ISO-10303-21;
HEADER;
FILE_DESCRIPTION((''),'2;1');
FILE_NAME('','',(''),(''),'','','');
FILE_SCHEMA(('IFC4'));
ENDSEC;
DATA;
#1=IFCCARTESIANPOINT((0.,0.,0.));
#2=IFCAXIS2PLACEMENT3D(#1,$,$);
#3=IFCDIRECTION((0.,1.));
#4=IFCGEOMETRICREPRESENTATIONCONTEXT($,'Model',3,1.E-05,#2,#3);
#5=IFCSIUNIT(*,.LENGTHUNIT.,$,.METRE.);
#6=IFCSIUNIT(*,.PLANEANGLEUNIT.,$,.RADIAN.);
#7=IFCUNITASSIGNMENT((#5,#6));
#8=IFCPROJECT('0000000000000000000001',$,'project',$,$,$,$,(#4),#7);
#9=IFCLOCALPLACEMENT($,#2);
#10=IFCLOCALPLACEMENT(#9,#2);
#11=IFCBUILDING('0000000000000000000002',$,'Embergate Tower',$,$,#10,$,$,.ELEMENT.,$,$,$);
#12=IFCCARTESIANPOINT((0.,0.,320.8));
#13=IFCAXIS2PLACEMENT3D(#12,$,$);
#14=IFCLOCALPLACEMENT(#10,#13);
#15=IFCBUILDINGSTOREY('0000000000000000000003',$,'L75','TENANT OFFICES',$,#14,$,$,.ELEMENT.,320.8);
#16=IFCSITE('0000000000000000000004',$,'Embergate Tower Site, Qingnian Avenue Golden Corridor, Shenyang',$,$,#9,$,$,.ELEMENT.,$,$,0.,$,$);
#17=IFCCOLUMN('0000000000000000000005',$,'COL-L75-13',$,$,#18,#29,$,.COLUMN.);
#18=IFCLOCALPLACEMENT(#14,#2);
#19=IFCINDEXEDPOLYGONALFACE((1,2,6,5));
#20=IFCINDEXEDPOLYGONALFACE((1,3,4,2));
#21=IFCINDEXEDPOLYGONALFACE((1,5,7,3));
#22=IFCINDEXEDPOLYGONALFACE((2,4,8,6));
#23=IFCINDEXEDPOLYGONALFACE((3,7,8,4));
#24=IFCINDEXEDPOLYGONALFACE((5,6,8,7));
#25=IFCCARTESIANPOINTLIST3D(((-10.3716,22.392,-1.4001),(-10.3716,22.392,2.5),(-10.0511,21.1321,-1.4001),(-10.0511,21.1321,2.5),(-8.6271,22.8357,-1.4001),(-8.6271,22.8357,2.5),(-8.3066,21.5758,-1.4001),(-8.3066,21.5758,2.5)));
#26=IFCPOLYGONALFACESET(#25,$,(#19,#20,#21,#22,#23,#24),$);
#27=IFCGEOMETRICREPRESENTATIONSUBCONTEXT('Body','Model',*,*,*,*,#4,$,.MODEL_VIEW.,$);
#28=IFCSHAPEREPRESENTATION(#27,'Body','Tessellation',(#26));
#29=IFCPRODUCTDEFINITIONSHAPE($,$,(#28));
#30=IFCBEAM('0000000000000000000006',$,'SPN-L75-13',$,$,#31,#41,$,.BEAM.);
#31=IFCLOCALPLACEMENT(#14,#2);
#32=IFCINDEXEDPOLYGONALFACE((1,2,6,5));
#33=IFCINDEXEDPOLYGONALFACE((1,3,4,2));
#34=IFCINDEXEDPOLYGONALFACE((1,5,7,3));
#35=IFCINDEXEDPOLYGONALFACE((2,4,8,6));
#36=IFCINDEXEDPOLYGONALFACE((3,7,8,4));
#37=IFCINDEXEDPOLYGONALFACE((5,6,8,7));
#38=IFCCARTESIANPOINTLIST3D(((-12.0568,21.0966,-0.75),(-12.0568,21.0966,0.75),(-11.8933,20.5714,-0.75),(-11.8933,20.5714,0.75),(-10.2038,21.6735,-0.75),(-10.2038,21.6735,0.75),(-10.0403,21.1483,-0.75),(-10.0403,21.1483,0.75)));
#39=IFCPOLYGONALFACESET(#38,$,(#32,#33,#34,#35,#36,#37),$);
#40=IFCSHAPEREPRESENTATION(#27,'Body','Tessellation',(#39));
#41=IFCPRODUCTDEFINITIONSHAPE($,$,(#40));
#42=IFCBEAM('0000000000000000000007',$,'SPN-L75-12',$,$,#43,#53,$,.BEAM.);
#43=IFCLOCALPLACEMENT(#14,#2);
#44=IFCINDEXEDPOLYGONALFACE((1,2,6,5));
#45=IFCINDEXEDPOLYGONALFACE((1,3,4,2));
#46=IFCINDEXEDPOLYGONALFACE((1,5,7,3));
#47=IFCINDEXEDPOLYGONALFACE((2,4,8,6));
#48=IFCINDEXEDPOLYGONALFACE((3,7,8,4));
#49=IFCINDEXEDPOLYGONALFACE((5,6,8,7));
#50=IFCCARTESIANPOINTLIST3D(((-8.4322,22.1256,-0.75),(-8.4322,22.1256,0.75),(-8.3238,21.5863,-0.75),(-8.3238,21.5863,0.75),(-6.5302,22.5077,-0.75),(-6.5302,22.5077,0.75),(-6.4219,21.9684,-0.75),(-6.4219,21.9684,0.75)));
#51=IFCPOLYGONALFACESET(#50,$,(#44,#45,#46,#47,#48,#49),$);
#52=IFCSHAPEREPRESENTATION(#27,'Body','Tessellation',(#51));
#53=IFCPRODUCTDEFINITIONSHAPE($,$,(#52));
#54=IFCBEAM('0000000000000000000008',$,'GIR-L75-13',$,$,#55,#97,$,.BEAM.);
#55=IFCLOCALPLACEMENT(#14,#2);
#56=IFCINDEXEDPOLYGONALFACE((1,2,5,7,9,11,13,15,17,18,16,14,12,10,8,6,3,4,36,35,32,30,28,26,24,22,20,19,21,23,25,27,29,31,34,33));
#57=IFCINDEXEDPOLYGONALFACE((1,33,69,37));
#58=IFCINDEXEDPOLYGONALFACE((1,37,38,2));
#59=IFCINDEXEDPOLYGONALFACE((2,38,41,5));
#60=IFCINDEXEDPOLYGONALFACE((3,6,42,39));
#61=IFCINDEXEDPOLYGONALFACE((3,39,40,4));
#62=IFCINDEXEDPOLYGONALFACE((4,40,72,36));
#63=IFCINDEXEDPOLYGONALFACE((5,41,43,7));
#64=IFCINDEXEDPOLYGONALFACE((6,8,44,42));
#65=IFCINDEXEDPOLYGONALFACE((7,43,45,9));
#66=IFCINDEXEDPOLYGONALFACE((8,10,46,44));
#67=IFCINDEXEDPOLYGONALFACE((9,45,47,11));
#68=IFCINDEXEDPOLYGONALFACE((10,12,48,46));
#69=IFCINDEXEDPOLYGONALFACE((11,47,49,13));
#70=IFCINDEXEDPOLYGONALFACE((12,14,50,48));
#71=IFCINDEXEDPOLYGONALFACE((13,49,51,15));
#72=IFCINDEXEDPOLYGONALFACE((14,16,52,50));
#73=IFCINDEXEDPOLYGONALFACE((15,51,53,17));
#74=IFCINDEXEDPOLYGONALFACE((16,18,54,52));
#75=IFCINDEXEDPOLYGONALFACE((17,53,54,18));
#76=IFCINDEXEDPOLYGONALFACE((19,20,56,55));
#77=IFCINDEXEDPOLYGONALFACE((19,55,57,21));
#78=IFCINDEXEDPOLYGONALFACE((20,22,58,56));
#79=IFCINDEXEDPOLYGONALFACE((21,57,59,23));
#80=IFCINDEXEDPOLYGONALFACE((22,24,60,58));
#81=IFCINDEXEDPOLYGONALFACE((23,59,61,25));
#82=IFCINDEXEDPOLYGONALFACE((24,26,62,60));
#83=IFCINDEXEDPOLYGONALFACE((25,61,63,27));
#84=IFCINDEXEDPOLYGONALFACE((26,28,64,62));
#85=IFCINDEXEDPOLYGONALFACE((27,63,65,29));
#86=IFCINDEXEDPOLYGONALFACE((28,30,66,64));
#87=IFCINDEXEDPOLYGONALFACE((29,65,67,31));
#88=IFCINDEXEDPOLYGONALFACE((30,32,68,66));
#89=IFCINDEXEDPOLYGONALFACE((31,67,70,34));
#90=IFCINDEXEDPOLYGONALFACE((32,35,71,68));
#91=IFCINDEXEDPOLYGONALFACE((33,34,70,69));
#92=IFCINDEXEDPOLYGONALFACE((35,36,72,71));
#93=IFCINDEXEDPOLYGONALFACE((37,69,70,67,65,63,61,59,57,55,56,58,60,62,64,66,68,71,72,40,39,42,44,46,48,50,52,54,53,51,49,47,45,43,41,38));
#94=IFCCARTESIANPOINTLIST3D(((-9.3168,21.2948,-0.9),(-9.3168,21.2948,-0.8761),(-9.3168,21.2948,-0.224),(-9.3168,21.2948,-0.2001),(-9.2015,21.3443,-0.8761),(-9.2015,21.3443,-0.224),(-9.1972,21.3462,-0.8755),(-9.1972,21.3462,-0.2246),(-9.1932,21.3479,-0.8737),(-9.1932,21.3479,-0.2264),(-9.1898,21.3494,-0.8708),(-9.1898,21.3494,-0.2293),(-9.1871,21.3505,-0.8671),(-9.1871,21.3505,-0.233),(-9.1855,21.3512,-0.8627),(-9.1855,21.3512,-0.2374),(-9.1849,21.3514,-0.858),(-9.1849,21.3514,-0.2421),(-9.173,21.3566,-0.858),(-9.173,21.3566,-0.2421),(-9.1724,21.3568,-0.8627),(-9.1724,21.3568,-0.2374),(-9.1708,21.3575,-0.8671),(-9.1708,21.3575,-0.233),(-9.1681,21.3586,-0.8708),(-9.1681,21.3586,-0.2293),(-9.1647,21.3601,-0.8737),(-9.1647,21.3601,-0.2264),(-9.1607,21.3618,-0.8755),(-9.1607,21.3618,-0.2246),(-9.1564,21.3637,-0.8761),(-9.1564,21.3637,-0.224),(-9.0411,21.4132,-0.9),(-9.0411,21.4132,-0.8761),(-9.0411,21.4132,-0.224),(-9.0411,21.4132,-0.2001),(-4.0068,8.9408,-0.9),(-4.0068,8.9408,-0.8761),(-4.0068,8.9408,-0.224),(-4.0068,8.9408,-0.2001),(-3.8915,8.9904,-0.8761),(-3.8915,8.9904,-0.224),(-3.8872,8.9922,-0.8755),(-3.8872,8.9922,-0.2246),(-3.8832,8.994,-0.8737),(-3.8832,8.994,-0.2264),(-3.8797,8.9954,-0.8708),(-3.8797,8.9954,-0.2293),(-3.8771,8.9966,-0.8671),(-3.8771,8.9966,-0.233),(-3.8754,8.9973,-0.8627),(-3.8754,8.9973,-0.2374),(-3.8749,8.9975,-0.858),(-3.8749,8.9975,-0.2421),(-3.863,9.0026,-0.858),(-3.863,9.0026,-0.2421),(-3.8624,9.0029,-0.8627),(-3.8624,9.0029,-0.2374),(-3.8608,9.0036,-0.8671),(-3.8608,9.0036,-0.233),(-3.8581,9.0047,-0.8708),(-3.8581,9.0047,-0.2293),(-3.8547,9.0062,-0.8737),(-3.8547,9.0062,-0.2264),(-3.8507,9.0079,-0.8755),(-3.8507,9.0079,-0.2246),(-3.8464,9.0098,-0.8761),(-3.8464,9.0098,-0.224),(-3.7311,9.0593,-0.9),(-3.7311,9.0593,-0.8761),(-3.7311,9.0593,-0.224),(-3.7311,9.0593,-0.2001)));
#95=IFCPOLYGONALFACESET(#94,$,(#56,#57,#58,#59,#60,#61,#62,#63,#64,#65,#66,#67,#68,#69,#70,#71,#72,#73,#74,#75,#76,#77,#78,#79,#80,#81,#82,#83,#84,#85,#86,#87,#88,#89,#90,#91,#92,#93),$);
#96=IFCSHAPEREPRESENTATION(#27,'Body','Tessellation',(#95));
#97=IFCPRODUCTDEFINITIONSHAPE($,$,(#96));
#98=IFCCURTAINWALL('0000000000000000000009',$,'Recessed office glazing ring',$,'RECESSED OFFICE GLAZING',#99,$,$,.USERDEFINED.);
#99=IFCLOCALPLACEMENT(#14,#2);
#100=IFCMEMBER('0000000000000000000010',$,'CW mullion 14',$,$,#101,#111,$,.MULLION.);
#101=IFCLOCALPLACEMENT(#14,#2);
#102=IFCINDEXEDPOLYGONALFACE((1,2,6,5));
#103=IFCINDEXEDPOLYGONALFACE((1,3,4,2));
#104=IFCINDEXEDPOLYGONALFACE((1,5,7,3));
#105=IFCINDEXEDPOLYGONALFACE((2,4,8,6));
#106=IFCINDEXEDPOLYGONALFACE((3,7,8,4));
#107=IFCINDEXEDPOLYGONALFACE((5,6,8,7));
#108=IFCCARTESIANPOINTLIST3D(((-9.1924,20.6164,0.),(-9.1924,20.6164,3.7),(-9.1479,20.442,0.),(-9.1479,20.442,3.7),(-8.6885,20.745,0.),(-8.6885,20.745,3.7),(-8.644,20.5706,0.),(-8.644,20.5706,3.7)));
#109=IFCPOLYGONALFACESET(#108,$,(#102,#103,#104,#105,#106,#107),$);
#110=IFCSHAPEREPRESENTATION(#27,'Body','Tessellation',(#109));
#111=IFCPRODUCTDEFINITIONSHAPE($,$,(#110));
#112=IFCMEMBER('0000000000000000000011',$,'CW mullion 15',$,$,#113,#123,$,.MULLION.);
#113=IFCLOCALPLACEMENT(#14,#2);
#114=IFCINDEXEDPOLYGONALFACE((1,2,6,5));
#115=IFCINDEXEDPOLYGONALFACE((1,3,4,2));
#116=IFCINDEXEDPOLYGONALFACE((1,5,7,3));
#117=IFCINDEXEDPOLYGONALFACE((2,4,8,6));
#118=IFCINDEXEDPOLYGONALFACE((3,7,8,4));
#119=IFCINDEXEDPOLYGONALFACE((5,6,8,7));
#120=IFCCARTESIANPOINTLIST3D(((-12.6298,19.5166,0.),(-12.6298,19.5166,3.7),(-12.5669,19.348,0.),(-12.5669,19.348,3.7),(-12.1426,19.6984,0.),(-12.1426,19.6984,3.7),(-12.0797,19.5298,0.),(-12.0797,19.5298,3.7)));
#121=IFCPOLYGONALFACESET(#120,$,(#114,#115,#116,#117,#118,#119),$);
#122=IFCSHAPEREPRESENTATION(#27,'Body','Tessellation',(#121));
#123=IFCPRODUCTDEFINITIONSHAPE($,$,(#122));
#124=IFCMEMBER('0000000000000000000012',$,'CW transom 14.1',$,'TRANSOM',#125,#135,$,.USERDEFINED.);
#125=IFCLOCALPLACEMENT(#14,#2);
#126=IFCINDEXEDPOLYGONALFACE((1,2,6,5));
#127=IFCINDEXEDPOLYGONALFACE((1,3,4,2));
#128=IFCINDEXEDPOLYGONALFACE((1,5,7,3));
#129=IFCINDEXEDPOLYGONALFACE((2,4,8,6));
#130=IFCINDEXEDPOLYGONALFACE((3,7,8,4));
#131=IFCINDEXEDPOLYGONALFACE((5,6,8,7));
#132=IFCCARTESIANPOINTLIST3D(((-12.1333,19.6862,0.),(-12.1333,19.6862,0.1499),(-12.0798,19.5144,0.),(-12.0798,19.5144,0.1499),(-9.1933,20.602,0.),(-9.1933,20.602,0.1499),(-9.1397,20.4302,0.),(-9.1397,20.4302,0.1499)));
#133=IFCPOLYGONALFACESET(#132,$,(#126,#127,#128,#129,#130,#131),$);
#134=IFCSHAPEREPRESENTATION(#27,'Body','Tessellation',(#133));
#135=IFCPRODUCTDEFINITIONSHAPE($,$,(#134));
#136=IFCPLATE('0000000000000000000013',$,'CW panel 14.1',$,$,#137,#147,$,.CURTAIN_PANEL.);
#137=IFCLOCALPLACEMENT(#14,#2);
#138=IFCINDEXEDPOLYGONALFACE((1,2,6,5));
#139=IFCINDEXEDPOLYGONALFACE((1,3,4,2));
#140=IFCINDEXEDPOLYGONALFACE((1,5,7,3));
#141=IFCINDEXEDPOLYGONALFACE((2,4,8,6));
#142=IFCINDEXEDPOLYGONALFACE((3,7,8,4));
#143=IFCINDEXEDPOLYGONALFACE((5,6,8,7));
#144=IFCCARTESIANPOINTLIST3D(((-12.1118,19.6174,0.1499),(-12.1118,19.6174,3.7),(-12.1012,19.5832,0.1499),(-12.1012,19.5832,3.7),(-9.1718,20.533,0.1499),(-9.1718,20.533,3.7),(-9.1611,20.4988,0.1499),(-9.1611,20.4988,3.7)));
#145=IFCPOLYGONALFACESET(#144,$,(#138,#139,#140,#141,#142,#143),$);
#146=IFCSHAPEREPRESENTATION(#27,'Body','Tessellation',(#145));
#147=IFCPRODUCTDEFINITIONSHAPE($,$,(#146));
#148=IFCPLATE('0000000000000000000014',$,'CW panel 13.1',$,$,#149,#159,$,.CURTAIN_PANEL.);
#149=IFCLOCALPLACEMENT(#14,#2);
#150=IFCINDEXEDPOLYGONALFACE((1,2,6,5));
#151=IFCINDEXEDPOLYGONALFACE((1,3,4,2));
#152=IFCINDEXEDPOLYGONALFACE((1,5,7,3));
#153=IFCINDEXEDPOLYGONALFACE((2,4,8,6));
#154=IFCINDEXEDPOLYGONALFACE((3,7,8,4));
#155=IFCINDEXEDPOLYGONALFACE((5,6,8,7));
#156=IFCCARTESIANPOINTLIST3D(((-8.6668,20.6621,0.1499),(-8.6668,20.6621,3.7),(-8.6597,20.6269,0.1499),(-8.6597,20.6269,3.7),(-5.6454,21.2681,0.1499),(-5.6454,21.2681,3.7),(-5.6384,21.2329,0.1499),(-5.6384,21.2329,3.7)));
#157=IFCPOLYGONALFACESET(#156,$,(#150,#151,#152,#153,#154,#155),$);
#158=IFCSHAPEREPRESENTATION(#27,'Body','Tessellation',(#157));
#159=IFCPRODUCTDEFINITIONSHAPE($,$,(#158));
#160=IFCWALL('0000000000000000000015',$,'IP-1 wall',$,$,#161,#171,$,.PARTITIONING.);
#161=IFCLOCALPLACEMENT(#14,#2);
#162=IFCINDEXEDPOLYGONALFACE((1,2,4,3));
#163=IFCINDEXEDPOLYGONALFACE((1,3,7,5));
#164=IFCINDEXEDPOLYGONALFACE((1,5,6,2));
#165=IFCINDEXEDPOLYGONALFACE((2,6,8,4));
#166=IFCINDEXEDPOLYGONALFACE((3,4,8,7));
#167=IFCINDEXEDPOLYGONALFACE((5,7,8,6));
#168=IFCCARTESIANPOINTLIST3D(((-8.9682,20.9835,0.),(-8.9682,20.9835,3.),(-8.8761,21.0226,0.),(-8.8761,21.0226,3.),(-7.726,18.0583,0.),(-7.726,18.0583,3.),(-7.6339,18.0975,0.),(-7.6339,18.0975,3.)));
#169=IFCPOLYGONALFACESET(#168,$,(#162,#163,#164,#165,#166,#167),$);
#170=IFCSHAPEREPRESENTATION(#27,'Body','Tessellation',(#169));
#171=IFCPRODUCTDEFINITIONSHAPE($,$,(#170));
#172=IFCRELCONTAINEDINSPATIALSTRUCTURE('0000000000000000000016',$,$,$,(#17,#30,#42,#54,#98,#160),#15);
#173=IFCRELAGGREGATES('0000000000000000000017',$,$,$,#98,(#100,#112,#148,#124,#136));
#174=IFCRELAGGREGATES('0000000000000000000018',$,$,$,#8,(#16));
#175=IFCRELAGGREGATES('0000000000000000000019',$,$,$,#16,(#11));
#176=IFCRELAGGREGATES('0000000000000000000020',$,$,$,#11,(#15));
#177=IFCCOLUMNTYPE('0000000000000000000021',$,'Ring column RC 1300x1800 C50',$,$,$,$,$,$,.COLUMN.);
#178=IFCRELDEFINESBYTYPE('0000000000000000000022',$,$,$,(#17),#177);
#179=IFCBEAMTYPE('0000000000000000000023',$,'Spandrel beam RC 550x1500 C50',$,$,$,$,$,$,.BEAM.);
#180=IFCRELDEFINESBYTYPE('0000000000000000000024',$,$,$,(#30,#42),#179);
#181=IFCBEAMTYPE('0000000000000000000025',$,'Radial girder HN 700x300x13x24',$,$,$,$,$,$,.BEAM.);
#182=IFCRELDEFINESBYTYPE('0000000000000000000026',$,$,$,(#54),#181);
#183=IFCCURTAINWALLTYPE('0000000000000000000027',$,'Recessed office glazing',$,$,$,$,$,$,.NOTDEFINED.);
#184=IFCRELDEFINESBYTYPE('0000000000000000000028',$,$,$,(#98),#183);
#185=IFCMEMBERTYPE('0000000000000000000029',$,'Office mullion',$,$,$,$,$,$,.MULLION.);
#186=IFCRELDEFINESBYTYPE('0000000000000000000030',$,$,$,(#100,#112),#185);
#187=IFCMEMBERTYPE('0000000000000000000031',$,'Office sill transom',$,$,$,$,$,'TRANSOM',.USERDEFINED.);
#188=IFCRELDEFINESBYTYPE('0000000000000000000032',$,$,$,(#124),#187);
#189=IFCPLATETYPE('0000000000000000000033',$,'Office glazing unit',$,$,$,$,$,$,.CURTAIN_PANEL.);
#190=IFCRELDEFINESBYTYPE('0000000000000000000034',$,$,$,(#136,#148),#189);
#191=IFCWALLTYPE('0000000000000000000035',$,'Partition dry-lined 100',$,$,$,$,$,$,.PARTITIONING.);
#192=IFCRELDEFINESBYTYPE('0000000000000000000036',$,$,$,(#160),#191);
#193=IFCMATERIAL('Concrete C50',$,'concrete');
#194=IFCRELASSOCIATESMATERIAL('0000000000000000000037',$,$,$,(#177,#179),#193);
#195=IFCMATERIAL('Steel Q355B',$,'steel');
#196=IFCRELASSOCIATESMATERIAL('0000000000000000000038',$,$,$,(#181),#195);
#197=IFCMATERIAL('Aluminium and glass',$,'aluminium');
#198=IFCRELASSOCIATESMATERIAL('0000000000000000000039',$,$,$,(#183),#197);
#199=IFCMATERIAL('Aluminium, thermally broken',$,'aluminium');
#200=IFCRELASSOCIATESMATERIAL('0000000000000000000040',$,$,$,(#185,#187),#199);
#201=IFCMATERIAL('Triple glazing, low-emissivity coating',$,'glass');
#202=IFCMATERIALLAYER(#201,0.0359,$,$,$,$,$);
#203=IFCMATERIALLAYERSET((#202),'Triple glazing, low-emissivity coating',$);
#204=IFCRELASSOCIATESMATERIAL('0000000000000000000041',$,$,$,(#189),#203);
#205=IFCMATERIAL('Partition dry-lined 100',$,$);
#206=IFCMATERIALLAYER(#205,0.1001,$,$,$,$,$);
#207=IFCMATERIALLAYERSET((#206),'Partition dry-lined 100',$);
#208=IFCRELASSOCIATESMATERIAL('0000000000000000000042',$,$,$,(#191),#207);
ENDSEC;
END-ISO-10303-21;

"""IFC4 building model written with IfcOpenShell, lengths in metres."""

from ifc_helpers import new_model, si_unit, direction, frame, frame_2d, origin, origin_2d, place, context, subcontext, project, spatial, rectangle, i_section, extrude, source, transform, mapped, material, layer, layer_set, material_profile, profile_set, type_object, element, aggregate, save


model = new_model("IFC4")

# Units and contexts
model_context = context("Model", 3, precision=1e-05, world=origin(), true_north=direction((0.0, 1.0)))
body_context = subcontext(model_context, "Body", "Model", "MODEL_VIEW")
ifc_project = project(units=[si_unit("LENGTHUNIT", "METRE"), si_unit("PLANEANGLEUNIT", "RADIAN")], contexts=[model_context])

# Site, building, storey
site_placement = place(None, origin())
site = spatial("IfcSite", under=ifc_project, at=site_placement, Name="Embergate Tower Site, Qingnian Avenue Golden Corridor, Shenyang", CompositionType="ELEMENT", RefElevation=0.0)
building_placement = place(site_placement, origin())
building = spatial("IfcBuilding", under=site, at=building_placement, Name="Embergate Tower", CompositionType="ELEMENT")
storey_placement = place(building_placement, frame((0.0, 0.0, 320.8)))
storey = spatial("IfcBuildingStorey", under=building, at=storey_placement, Name="L75", Description="TENANT OFFICES", CompositionType="ELEMENT", Elevation=320.8)

# Column
ifc_material_1 = material(Name="Concrete C50", Category="concrete")
ifc_material_profile_1 = material_profile(ifc_material_1, rectangle(XDim=1.3, YDim=1.8, at=origin_2d()), Name="RC 1300x1800")
ifc_profile_set_1 = profile_set([ifc_material_profile_1], Name="Concrete C50")
column_type = type_object("IfcColumnType", Name="Ring column RC 1300x1800 C50", PredefinedType="COLUMN", material=ifc_profile_set_1)
shared_shape_1 = source(origin(), body_context, "Body", "SweptSolid", [
    extrude(rectangle(XDim=1.3, YDim=1.8, at=origin_2d()), origin(), (0.0, 0.0, 1.0), 3.9001),
])
column_placement = place(storey_placement, frame((-9.3391, 21.9839, -1.4001), z_axis=(0.0, 0.0, 1.0), x_axis=(-0.246509, 0.969141, 0.0)))
element("IfcColumn", 1, at=column_placement, inside=storey, type_object=column_type, Name="COL-L75-13", PredefinedType="COLUMN", context=body_context, shape_type="MappedRepresentation", body=[
    mapped(shared_shape_1, transform((0.0, 0.0, 0.0))),
])

# Beams
ifc_material_profile_2 = material_profile(ifc_material_1, rectangle(XDim=0.55, YDim=1.5, at=origin_2d()), Name="RC 550x1500")
ifc_profile_set_2 = profile_set([ifc_material_profile_2], Name="Concrete C50")
beam_type_1 = type_object("IfcBeamType", Name="Spandrel beam RC 550x1500 C50", PredefinedType="BEAM", material=ifc_profile_set_2)
shared_shape_2 = source(origin(), body_context, "Body", "SweptSolid", [
    extrude(rectangle(XDim=0.55, YDim=1.5, at=origin_2d()), origin(), (0.0, 0.0, 1.0), 1.9407),
])
beam_1_placement = place(storey_placement, frame((-10.1221, 21.4109, 0.0), z_axis=(-0.954797, -0.297258, 0.0), x_axis=(0.297258, -0.954797, 0.0)))
element("IfcBeam", 2, at=beam_1_placement, inside=storey, type_object=beam_type_1, Name="SPN-L75-13", PredefinedType="BEAM", context=body_context, shape_type="MappedRepresentation", body=[
    mapped(shared_shape_2, transform((0.0, 0.0, 0.0))),
])
shared_shape_3 = source(origin(), body_context, "Body", "SweptSolid", [
    extrude(rectangle(XDim=0.55, YDim=1.5, at=origin_2d()), origin(), (0.0, 0.0, 1.0), 1.9399),
])
beam_2_placement = place(storey_placement, frame((-6.4761, 22.238, 0.0), z_axis=(-0.980411, -0.196963, 0.0), x_axis=(0.196963, -0.980411, 0.0)))
element("IfcBeam", 3, at=beam_2_placement, inside=storey, type_object=beam_type_1, Name="SPN-L75-12", PredefinedType="BEAM", context=body_context, shape_type="MappedRepresentation", body=[
    mapped(shared_shape_3, transform((0.0, 0.0, 0.0))),
])
ifc_material_2 = material(Name="Steel Q355B", Category="steel")
ifc_material_profile_3 = material_profile(ifc_material_2, i_section(OverallWidth=0.3, OverallDepth=0.7, WebThickness=0.0129, FlangeThickness=0.0239, FilletRadius=0.0181, at=origin_2d()), Name="HN 700x300x13x24")
ifc_profile_set_3 = profile_set([ifc_material_profile_3], Name="Steel Q355 grade B")
beam_type_2 = type_object("IfcBeamType", Name="Radial girder HN 700x300x13x24", PredefinedType="BEAM", material=ifc_profile_set_3)
shared_shape_4 = source(origin(), body_context, "Body", "SweptSolid", [
    extrude(i_section(OverallWidth=0.3, OverallDepth=0.7, WebThickness=0.0129, FlangeThickness=0.0239, FilletRadius=0.0181, at=origin_2d()), origin(), (0.0, 0.0, 1.0), 13.4468),
])
beam_3_placement = place(storey_placement, frame((-9.179, 21.354, -0.55), z_axis=(0.394892, -0.918728, 0.0), x_axis=(0.918728, 0.394892, 0.0)))
element("IfcBeam", 4, at=beam_3_placement, inside=storey, type_object=beam_type_2, Name="GIR-L75-13", PredefinedType="BEAM", context=body_context, shape_type="MappedRepresentation", body=[
    mapped(shared_shape_4, transform((0.0, 0.0, 0.0))),
])

# Curtain wall, members, plates
ifc_material_3 = material(Name="Aluminium and glass", Category="aluminium")
curtain_wall_type = type_object("IfcCurtainWallType", Name="Recessed office glazing", PredefinedType="NOTDEFINED", material=ifc_material_3)
curtain_wall_placement = place(storey_placement, origin())
curtain_wall = element("IfcCurtainWall", 5, at=curtain_wall_placement, inside=storey, type_object=curtain_wall_type, Name="Recessed office glazing ring", ObjectType="RECESSED OFFICE GLAZING", PredefinedType="USERDEFINED")
ifc_material_4 = material(Name="Aluminium, thermally broken", Category="aluminium")
ifc_material_profile_4 = material_profile(ifc_material_4, rectangle(XDim=0.1799, YDim=0.52, at=origin_2d()), Name="AL 520x180")
ifc_profile_set_4 = profile_set([ifc_material_profile_4], Name="Aluminium, thermally broken")
member_type_1 = type_object("IfcMemberType", Name="Office mullion", PredefinedType="MULLION", material=ifc_profile_set_4)
shared_shape_5 = source(origin(), body_context, "Body", "SweptSolid", [
    extrude(rectangle(XDim=0.1799, YDim=0.52, at=origin_2d()), origin(), (0.0, 0.0, 1.0), 3.7),
])
member_1_placement = place(storey_placement, frame((-8.9182, 20.5935, 0.0), z_axis=(0.0, 0.0, 1.0), x_axis=(0.247312, -0.968936, 0.0)))
member_1 = element("IfcMember", 6, at=member_1_placement, type_object=member_type_1, Name="CW mullion 14", PredefinedType="MULLION", context=body_context, shape_type="MappedRepresentation", body=[
    mapped(shared_shape_5, transform((0.0, 0.0, 0.0))),
])
member_2_placement = place(storey_placement, frame((-12.3547, 19.5232, 0.0), z_axis=(0.0, 0.0, 1.0), x_axis=(0.349501, -0.936936, 0.0)))
member_2 = element("IfcMember", 7, at=member_2_placement, type_object=member_type_1, Name="CW mullion 15", PredefinedType="MULLION", context=body_context, shape_type="MappedRepresentation", body=[
    mapped(shared_shape_5, transform((0.0, 0.0, 0.0))),
])
ifc_material_profile_5 = material_profile(ifc_material_4, rectangle(XDim=0.1799, YDim=0.1499, at=origin_2d()), Name="AL 150x180")
ifc_profile_set_5 = profile_set([ifc_material_profile_5], Name="Aluminium, thermally broken")
member_type_2 = type_object("IfcMemberType", Name="Office sill transom", ElementType="TRANSOM", PredefinedType="USERDEFINED", material=ifc_profile_set_5)
shared_shape_6 = source(origin(), body_context, "Body", "SweptSolid", [
    extrude(rectangle(XDim=0.1799, YDim=0.1499, at=origin_2d()), origin(), (0.0, 0.0, 1.0), 3.0793),
])
member_3_placement = place(storey_placement, frame((-9.1665, 20.5161, 0.075), z_axis=(-0.954753, -0.297399, 0.0), x_axis=(0.297399, -0.954753, 0.0)))
member_3 = element("IfcMember", 8, at=member_3_placement, type_object=member_type_2, Name="CW transom 14.1", ObjectType="TRANSOM", PredefinedType="USERDEFINED", context=body_context, shape_type="MappedRepresentation", body=[
    mapped(shared_shape_6, transform((0.0, 0.0, 0.0))),
])
ifc_material_5 = material(Name="Triple glazing, low-emissivity coating", Category="glass")
ifc_layer_1 = layer(ifc_material_5, 0.0359)
ifc_layer_set_1 = layer_set([ifc_layer_1], Name="Triple glazing, low-emissivity coating")
plate_type = type_object("IfcPlateType", Name="Office glazing unit", PredefinedType="CURTAIN_PANEL", material=ifc_layer_set_1)
shared_shape_7 = source(origin(), body_context, "Body", "SweptSolid", [
    extrude(rectangle(XDim=3.0793, YDim=0.0359, at=origin_2d()), origin(), (0.0, 0.0, 1.0), 3.55),
])
plate_1_placement = place(storey_placement, frame((-10.6365, 20.0581, 0.1499), z_axis=(0.0, 0.0, 1.0), x_axis=(-0.954771, -0.297342, 0.0)))
plate_1 = element("IfcPlate", 9, at=plate_1_placement, type_object=plate_type, Name="CW panel 14.1", PredefinedType="CURTAIN_PANEL", context=body_context, shape_type="MappedRepresentation", body=[
    mapped(shared_shape_7, transform((0.0, 0.0, 0.0))),
])
shared_shape_8 = source(origin(), body_context, "Body", "SweptSolid", [
    extrude(rectangle(XDim=3.0815, YDim=0.0359, at=origin_2d()), origin(), (0.0, 0.0, 1.0), 3.55),
])
plate_2_placement = place(storey_placement, frame((-7.1526, 20.9475, 0.1499), z_axis=(0.0, 0.0, 1.0), x_axis=(-0.980475, -0.196643, 0.0)))
plate_2 = element("IfcPlate", 10, at=plate_2_placement, type_object=plate_type, Name="CW panel 13.1", PredefinedType="CURTAIN_PANEL", context=body_context, shape_type="MappedRepresentation", body=[
    mapped(shared_shape_8, transform((0.0, 0.0, 0.0))),
])
aggregate(curtain_wall, [member_1, member_2, plate_2, member_3, plate_1])

# Wall
ifc_material_6 = material(Name="Partition dry-lined 100")
ifc_layer_2 = layer(ifc_material_6, 0.1001)
ifc_layer_set_2 = layer_set([ifc_layer_2], Name="Partition dry-lined 100")
wall_type_1 = type_object("IfcWallType", Name="Partition dry-lined 100", PredefinedType="PARTITIONING", material=ifc_layer_set_2)
shared_shape_9 = source(origin(), body_context, "Body", "SweptSolid", [
    extrude(rectangle(XDim=3.178, YDim=0.1001, at=frame_2d((1.5889, 0.0))), origin(), (0.0, 0.0, 1.0), 3.0),
])
wall_1_placement = place(storey_placement, frame((-8.9221, 21.0029, 0.0), z_axis=(0.0, 0.0, 1.0), x_axis=(0.390885, -0.920439, 0.0)))
element("IfcWall", 11, at=wall_1_placement, inside=storey, type_object=wall_type_1, Name="IP-1 wall", PredefinedType="PARTITIONING", context=body_context, shape_type="MappedRepresentation", body=[
    mapped(shared_shape_9, transform((0.0, 0.0, 0.0))),
])

save(model, "model.ifc")
